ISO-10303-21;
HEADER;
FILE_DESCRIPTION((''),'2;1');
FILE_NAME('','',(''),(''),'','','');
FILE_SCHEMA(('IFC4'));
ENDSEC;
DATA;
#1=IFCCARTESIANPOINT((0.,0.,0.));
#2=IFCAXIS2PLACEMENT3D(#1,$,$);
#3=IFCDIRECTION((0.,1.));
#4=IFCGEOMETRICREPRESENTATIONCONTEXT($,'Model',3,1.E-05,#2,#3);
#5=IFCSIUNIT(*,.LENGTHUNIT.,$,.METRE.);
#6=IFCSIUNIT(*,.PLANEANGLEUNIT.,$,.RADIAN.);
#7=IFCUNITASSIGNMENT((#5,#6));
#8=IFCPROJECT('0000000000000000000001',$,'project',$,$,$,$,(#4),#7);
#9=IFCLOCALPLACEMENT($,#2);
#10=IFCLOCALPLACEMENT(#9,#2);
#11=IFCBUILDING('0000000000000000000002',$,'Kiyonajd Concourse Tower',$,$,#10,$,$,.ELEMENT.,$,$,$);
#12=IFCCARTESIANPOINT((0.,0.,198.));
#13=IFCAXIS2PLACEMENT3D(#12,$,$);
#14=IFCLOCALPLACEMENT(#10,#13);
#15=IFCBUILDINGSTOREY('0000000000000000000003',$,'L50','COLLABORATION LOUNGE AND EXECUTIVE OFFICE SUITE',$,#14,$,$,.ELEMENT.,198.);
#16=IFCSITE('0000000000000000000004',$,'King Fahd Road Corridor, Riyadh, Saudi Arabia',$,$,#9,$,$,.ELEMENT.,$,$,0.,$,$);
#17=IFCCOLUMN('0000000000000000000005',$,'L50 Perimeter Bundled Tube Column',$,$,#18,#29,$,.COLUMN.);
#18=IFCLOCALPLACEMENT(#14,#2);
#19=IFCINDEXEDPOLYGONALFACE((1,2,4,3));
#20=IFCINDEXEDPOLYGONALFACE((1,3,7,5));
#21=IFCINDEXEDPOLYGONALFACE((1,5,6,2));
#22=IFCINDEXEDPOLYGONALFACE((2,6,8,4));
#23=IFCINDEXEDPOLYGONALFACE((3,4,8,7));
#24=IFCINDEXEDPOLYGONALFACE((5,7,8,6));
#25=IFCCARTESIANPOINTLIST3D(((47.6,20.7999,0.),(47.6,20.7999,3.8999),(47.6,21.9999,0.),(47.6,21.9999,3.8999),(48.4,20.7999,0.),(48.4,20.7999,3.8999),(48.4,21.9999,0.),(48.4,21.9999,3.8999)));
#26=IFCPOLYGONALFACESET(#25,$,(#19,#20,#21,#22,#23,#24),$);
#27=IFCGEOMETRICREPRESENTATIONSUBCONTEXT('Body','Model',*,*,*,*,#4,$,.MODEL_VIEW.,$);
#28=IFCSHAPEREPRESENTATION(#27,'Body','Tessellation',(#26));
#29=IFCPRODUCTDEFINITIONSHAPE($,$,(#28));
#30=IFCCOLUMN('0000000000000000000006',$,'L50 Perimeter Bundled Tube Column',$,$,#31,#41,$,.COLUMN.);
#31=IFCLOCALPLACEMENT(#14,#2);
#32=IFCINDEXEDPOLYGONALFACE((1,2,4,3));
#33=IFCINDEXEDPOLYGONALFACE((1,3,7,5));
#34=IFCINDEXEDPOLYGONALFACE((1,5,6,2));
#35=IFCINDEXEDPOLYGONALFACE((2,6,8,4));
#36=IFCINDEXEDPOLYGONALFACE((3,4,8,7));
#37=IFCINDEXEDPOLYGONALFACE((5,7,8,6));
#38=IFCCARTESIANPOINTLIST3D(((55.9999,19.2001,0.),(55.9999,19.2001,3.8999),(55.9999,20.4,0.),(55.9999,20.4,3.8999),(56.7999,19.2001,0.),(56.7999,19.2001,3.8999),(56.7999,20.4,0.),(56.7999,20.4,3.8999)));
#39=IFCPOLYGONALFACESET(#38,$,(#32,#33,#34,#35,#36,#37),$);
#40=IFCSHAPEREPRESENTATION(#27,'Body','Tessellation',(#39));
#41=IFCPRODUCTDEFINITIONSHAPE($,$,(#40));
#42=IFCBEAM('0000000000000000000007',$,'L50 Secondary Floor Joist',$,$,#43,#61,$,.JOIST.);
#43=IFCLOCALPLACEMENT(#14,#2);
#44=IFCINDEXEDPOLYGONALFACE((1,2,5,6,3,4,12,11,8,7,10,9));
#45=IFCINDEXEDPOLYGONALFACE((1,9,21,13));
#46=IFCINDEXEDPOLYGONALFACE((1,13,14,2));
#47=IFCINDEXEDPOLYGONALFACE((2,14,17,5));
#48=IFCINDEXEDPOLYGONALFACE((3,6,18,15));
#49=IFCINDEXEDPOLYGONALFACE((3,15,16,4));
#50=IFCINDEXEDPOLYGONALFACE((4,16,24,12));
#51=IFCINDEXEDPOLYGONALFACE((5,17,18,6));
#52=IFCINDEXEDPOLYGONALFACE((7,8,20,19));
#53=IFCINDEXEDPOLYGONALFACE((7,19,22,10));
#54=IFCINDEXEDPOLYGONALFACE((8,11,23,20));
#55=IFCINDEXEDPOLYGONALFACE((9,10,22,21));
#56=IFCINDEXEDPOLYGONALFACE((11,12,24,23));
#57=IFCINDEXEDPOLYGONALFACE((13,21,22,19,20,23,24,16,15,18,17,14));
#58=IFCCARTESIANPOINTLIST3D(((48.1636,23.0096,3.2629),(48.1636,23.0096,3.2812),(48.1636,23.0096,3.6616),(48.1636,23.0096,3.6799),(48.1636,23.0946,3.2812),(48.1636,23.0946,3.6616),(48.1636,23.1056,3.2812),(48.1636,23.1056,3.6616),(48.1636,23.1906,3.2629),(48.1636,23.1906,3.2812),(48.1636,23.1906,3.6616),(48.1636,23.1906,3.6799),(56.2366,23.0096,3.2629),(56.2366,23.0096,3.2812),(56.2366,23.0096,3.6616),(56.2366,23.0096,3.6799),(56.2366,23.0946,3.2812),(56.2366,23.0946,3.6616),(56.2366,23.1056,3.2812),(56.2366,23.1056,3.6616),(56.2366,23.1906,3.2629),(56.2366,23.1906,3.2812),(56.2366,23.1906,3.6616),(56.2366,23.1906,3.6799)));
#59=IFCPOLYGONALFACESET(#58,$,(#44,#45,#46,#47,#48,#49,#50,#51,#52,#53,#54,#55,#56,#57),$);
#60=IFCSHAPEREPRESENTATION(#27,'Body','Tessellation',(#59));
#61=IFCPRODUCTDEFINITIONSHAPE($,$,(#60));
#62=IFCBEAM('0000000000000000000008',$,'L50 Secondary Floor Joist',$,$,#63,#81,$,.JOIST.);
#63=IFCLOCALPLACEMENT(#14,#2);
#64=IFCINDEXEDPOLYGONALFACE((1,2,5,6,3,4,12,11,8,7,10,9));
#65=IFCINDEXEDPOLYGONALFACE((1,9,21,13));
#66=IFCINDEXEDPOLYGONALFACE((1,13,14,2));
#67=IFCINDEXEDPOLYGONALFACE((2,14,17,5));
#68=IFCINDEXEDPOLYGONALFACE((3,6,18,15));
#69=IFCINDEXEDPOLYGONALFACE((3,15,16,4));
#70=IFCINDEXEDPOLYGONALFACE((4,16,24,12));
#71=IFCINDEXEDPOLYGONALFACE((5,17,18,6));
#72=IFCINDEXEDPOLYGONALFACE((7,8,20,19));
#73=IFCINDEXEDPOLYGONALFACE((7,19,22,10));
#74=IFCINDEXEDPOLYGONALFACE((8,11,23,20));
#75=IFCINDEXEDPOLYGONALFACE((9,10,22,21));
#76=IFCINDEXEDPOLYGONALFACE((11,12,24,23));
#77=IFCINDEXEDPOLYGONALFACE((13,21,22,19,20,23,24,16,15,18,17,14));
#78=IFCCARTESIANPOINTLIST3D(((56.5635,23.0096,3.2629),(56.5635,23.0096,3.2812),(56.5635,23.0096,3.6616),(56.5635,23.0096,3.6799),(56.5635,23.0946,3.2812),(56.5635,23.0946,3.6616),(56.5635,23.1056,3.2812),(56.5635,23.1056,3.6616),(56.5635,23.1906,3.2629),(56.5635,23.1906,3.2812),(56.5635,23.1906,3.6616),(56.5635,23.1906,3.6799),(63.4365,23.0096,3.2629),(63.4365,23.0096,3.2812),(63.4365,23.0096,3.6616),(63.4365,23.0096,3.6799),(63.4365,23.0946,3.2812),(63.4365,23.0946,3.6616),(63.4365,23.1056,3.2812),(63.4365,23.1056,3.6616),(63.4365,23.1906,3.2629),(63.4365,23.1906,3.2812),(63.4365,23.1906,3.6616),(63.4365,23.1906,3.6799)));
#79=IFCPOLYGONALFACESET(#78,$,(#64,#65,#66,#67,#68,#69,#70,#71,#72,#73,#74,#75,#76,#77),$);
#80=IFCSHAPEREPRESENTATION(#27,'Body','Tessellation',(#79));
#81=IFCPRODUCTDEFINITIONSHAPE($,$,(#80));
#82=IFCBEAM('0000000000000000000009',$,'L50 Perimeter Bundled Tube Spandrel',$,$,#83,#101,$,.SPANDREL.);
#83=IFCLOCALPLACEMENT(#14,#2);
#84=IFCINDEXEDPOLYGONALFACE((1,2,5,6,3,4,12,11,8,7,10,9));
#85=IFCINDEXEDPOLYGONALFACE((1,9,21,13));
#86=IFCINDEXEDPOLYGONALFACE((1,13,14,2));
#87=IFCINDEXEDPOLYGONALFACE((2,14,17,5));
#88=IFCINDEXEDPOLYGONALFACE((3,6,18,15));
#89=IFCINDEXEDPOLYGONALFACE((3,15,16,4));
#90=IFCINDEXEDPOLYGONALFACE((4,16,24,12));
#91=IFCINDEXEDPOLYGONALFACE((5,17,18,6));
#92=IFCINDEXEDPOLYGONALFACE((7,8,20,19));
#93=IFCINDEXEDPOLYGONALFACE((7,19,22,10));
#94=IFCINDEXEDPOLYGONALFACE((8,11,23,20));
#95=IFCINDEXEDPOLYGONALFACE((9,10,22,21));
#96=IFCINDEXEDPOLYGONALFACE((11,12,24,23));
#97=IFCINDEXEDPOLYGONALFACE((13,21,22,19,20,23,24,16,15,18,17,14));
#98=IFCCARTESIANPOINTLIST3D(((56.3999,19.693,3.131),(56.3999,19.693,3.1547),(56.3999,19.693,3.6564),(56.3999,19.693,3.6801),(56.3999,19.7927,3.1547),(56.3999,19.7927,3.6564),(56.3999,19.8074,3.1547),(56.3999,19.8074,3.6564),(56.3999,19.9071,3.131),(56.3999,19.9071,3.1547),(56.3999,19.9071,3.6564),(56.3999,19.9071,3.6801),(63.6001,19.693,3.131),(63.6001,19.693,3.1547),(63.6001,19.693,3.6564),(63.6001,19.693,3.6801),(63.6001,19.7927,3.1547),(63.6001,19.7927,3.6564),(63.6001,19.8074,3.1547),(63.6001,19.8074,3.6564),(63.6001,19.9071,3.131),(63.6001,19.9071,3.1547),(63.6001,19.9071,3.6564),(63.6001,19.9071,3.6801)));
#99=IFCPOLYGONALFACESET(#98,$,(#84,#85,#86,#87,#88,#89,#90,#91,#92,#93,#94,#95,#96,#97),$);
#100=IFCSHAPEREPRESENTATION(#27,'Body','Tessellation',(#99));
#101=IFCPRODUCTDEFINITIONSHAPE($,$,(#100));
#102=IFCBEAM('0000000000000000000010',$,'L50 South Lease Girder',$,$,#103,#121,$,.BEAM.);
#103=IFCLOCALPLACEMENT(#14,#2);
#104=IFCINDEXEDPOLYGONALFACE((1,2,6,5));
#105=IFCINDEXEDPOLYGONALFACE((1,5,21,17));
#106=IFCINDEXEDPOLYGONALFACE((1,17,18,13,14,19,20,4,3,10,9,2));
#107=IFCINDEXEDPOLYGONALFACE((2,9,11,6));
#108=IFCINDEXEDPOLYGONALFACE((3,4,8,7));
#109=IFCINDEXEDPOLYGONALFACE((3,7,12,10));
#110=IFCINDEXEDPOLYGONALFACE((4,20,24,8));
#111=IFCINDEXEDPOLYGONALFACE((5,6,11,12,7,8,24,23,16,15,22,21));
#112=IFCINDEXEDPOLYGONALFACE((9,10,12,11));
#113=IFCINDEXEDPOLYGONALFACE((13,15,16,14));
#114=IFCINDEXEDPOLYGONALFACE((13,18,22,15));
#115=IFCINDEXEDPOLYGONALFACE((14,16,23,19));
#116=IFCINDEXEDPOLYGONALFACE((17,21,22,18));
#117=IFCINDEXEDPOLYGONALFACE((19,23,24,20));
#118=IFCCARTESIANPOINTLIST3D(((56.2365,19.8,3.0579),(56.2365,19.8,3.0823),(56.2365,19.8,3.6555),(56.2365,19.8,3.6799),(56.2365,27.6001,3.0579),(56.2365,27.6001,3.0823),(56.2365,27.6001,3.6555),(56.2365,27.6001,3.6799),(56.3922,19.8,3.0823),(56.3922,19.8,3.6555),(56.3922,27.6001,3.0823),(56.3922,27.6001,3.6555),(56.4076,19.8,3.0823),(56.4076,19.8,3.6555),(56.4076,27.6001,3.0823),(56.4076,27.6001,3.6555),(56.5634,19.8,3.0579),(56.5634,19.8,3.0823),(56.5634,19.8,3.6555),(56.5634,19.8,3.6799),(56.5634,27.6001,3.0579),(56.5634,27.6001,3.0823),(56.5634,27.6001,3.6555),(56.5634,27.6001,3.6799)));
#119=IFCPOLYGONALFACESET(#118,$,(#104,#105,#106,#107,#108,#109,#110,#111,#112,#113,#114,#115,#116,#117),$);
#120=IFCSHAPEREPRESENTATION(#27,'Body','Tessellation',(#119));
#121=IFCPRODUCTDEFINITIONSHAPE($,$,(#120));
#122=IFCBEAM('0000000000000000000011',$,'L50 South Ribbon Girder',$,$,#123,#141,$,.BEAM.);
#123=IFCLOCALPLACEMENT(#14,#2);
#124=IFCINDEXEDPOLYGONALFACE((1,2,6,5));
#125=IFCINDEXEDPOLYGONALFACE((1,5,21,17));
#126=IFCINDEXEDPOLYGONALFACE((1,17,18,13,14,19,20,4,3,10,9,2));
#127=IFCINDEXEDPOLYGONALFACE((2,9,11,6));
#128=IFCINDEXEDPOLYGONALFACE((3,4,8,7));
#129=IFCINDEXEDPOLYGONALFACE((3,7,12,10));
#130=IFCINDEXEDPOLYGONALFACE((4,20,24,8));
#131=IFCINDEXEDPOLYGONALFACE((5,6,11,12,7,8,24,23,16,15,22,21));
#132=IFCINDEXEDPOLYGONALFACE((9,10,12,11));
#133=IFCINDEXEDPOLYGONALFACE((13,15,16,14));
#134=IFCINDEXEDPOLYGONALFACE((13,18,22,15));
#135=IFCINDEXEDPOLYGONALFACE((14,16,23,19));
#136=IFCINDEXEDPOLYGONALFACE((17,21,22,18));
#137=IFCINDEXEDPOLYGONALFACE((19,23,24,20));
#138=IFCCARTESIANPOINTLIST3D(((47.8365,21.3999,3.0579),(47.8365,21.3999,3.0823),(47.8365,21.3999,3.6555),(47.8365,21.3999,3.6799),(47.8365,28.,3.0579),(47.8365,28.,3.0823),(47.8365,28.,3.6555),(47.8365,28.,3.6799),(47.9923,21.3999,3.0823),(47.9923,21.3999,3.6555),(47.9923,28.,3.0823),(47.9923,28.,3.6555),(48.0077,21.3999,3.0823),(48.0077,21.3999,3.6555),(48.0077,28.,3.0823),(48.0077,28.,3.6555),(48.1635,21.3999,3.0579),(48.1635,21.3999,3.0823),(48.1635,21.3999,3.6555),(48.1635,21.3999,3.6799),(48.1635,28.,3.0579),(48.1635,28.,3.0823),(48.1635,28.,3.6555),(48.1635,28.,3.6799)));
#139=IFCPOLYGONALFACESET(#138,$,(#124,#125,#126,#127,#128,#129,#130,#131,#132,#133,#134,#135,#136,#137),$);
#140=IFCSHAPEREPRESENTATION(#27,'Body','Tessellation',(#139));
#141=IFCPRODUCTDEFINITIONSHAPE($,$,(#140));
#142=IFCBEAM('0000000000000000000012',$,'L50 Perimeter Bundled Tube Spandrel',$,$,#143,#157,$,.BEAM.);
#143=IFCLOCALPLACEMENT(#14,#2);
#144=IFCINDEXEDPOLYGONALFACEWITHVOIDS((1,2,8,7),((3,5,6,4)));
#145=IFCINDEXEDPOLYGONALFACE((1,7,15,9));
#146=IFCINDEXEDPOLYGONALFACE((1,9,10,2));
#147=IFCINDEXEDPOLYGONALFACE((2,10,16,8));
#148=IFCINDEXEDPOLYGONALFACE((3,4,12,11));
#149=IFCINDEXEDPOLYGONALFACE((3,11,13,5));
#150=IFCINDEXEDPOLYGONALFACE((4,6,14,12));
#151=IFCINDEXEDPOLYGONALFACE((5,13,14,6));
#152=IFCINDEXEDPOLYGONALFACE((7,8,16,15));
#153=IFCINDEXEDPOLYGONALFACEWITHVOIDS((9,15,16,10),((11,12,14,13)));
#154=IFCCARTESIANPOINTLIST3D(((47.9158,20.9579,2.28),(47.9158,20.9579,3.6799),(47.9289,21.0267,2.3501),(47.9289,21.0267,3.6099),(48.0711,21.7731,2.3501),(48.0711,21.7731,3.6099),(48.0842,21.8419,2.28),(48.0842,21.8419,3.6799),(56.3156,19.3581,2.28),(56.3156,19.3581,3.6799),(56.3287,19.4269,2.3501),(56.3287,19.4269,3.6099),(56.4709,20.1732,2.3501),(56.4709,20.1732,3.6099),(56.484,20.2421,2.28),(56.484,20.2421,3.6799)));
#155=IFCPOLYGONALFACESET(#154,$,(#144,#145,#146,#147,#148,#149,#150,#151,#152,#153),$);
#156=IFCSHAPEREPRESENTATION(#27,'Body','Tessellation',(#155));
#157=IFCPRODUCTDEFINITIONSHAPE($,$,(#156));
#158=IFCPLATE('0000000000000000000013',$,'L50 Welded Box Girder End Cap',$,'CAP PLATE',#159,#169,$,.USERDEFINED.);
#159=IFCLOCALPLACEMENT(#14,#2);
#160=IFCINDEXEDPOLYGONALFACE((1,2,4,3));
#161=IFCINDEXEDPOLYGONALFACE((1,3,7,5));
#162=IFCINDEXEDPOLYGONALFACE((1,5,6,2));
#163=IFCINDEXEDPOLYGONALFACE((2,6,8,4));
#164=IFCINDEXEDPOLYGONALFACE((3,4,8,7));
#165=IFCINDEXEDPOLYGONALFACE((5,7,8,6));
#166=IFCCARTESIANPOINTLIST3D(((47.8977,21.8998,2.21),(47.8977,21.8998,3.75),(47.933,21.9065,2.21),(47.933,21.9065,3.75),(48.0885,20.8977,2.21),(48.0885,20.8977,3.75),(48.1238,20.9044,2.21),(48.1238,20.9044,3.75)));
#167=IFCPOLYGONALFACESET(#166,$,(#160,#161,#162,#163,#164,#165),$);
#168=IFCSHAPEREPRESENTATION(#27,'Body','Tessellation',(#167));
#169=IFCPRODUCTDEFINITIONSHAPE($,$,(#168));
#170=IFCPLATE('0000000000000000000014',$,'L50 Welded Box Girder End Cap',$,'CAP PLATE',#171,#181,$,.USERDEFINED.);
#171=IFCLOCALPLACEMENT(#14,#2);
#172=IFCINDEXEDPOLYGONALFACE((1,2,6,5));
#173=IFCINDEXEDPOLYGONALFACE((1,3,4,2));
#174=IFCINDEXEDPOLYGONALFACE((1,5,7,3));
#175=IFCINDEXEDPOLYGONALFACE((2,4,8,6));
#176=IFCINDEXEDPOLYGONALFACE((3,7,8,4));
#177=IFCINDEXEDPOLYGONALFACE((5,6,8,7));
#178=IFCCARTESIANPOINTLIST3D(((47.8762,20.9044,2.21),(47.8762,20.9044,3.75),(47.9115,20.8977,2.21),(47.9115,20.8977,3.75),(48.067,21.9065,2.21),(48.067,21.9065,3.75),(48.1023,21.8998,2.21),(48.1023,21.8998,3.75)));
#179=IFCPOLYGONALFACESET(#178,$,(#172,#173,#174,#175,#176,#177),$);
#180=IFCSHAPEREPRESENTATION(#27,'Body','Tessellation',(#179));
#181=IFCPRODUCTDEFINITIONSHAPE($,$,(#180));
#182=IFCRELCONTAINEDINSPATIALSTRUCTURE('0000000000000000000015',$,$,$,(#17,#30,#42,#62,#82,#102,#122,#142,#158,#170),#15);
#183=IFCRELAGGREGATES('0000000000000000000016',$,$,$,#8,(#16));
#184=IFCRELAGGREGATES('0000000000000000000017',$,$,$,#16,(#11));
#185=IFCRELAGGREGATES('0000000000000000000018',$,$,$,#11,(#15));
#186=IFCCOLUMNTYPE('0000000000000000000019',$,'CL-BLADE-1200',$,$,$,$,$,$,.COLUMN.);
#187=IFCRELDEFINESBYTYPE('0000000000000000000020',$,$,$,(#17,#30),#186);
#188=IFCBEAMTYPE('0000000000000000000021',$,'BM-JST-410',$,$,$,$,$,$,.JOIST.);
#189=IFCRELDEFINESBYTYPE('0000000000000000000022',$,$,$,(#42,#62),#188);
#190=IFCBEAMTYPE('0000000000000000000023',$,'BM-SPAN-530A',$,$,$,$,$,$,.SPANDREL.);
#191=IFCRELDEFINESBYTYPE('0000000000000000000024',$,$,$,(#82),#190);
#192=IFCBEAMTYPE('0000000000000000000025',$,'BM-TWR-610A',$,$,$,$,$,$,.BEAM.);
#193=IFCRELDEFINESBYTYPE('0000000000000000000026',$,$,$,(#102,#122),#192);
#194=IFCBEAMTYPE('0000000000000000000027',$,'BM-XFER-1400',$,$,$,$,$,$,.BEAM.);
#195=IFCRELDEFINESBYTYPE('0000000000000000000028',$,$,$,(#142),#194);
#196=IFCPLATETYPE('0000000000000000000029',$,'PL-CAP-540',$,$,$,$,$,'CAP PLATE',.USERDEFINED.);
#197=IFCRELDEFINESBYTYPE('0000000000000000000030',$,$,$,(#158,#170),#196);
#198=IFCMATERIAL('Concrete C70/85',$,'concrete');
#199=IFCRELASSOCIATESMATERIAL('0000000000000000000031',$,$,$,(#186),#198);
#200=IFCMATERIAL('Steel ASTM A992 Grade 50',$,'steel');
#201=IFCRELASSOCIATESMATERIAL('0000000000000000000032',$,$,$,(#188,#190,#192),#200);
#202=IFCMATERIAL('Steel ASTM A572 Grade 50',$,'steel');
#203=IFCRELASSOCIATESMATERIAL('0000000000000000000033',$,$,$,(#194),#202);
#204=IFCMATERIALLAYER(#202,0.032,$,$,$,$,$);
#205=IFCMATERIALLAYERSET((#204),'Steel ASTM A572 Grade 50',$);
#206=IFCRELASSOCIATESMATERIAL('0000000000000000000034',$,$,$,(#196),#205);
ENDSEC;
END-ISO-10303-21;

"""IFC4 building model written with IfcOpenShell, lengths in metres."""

from ifc_helpers import new_model, si_unit, direction, frame, origin, origin_2d, place, context, subcontext, project, spatial, rectangle, hollow_rectangle, i_section, extrude, material, layer, layer_set, material_profile, profile_set, type_object, element, save


model = new_model("IFC4")

# Units and contexts
model_context = context("Model", 3, precision=1e-05, world=origin(), true_north=direction((0.0, 1.0)))
body_context = subcontext(model_context, "Body", "Model", "MODEL_VIEW")
ifc_project = project(units=[si_unit("LENGTHUNIT", "METRE"), si_unit("PLANEANGLEUNIT", "RADIAN")], contexts=[model_context])

# Site, building, storey
site_placement = place(None, origin())
site = spatial("IfcSite", under=ifc_project, at=site_placement, Name="King Fahd Road Corridor, Riyadh, Saudi Arabia", CompositionType="ELEMENT", RefElevation=0.0)
building_placement = place(site_placement, origin())
building = spatial("IfcBuilding", under=site, at=building_placement, Name="Kiyonajd Concourse Tower", CompositionType="ELEMENT")
storey_placement = place(building_placement, frame((0.0, 0.0, 198.0)))
storey = spatial("IfcBuildingStorey", under=building, at=storey_placement, Name="L50", Description="COLLABORATION LOUNGE AND EXECUTIVE OFFICE SUITE", CompositionType="ELEMENT", Elevation=198.0)

# Columns
ifc_material_1 = material(Name="Concrete C70/85", Category="concrete")
ifc_material_profile_1 = material_profile(ifc_material_1, rectangle(XDim=0.8, YDim=1.2, at=origin_2d()), Name="RC-1200x800")
ifc_profile_set_1 = profile_set([ifc_material_profile_1], Name="Concrete C70/85")
column_type = type_object("IfcColumnType", Name="CL-BLADE-1200", PredefinedType="COLUMN", material=ifc_profile_set_1)
for number, where, z_axis, x_axis, name in (
    (1, (48.0, 21.3999, 0.0), (0.0, 0.0, 1.0), (1.0, 0.0, 0.0), "L50 Perimeter Bundled Tube Column"),
    (2, (56.3999, 19.8, 0.0), (0.0, 0.0, 1.0), (1.0, 0.0, 0.0), "L50 Perimeter Bundled Tube Column"),
):
    element("IfcColumn", number, at=place(storey_placement, frame(where, z_axis=z_axis, x_axis=x_axis)), inside=storey, type_object=column_type, Name=name, PredefinedType="COLUMN", context=body_context, shape_type="SweptSolid", body=[
        extrude(rectangle(XDim=0.8, YDim=1.2, at=origin_2d()), origin(), (0.0, 0.0, 1.0), 3.8999),
    ])

# Beams
ifc_material_2 = material(Name="Steel ASTM A992 Grade 50", Category="steel")
ifc_material_profile_2 = material_profile(ifc_material_2, i_section(OverallWidth=0.1809, OverallDepth=0.417, WebThickness=0.011, FlangeThickness=0.0183, at=origin_2d()), Name="W410X85")
ifc_profile_set_2 = profile_set([ifc_material_profile_2], Name="Steel ASTM A992 Grade 50")
beam_type_1 = type_object("IfcBeamType", Name="BM-JST-410", PredefinedType="JOIST", material=ifc_profile_set_2)
beam_1_placement = place(storey_placement, frame((48.1636, 23.1001, 3.4714), z_axis=(1.0, 0.0, 0.0), x_axis=(0.0, 1.0, 0.0)))
element("IfcBeam", 3, at=beam_1_placement, inside=storey, type_object=beam_type_1, Name="L50 Secondary Floor Joist", PredefinedType="JOIST", context=body_context, shape_type="SweptSolid", body=[
    extrude(i_section(OverallWidth=0.1809, OverallDepth=0.417, WebThickness=0.011, FlangeThickness=0.0183, at=origin_2d()), origin(), (0.0, 0.0, 1.0), 8.073),
])
beam_2_placement = place(storey_placement, frame((56.5635, 23.1001, 3.4714), z_axis=(1.0, 0.0, 0.0), x_axis=(0.0, 1.0, 0.0)))
element("IfcBeam", 4, at=beam_2_placement, inside=storey, type_object=beam_type_1, Name="L50 Secondary Floor Joist", PredefinedType="JOIST", context=body_context, shape_type="SweptSolid", body=[
    extrude(i_section(OverallWidth=0.1809, OverallDepth=0.417, WebThickness=0.011, FlangeThickness=0.0183, at=origin_2d()), origin(), (0.0, 0.0, 1.0), 6.873),
])
ifc_material_profile_3 = material_profile(ifc_material_2, i_section(OverallWidth=0.2141, OverallDepth=0.5491, WebThickness=0.0146, FlangeThickness=0.0237, at=origin_2d()), Name="W530X138")
ifc_profile_set_3 = profile_set([ifc_material_profile_3], Name="Steel ASTM A992 Grade 50")
beam_type_2 = type_object("IfcBeamType", Name="BM-SPAN-530A", PredefinedType="SPANDREL", material=ifc_profile_set_3)
beam_3_placement = place(storey_placement, frame((56.3999, 19.8, 3.4055), z_axis=(1.0, 0.0, 0.0), x_axis=(0.0, 1.0, 0.0)))
element("IfcBeam", 5, at=beam_3_placement, inside=storey, type_object=beam_type_2, Name="L50 Perimeter Bundled Tube Spandrel", PredefinedType="SPANDREL", context=body_context, shape_type="SweptSolid", body=[
    extrude(i_section(OverallWidth=0.2141, OverallDepth=0.5491, WebThickness=0.0146, FlangeThickness=0.0237, at=origin_2d()), origin(), (0.0, 0.0, 1.0), 7.2002),
])
ifc_material_profile_4 = material_profile(ifc_material_2, i_section(OverallWidth=0.3269, OverallDepth=0.6221, WebThickness=0.0154, FlangeThickness=0.0244, at=origin_2d()), Name="W610X195")
ifc_profile_set_4 = profile_set([ifc_material_profile_4], Name="Steel ASTM A992 Grade 50")
beam_type_3 = type_object("IfcBeamType", Name="BM-TWR-610A", PredefinedType="BEAM", material=ifc_profile_set_4)
beam_4_placement = place(storey_placement, frame((56.3999, 19.8, 3.3689), z_axis=(0.0, 1.0, 0.0), x_axis=(-1.0, 0.0, 0.0)))
element("IfcBeam", 6, at=beam_4_placement, inside=storey, type_object=beam_type_3, Name="L50 South Lease Girder", PredefinedType="BEAM", context=body_context, shape_type="SweptSolid", body=[
    extrude(i_section(OverallWidth=0.3269, OverallDepth=0.6221, WebThickness=0.0154, FlangeThickness=0.0244, at=origin_2d()), origin(), (0.0, 0.0, 1.0), 7.8),
])
beam_5_placement = place(storey_placement, frame((48.0, 21.3999, 3.3689), z_axis=(0.0, 1.0, 0.0), x_axis=(-1.0, 0.0, 0.0)))
element("IfcBeam", 7, at=beam_5_placement, inside=storey, type_object=beam_type_3, Name="L50 South Ribbon Girder", PredefinedType="BEAM", context=body_context, shape_type="SweptSolid", body=[
    extrude(i_section(OverallWidth=0.3269, OverallDepth=0.6221, WebThickness=0.0154, FlangeThickness=0.0244, at=origin_2d()), origin(), (0.0, 0.0, 1.0), 6.6001),
])
ifc_material_3 = material(Name="Steel ASTM A572 Grade 50", Category="steel")
ifc_material_profile_5 = material_profile(ifc_material_3, hollow_rectangle(XDim=0.8999, YDim=1.3999, WallThickness=0.0701, at=origin_2d()), Name="BOX-1400x900x70")
ifc_profile_set_5 = profile_set([ifc_material_profile_5], Name="Steel ASTM A572 Grade 50")
beam_type_4 = type_object("IfcBeamType", Name="BM-XFER-1400", PredefinedType="BEAM", material=ifc_profile_set_5)
beam_6_placement = place(storey_placement, frame((48.0, 21.3999, 2.98), z_axis=(0.982341, -0.187098, 0.0), x_axis=(0.187098, 0.982341, 0.0)))
element("IfcBeam", 8, at=beam_6_placement, inside=storey, type_object=beam_type_4, Name="L50 Perimeter Bundled Tube Spandrel", PredefinedType="BEAM", context=body_context, shape_type="SweptSolid", body=[
    extrude(hollow_rectangle(XDim=0.8999, YDim=1.3999, WallThickness=0.0701, at=origin_2d()), origin(), (0.0, 0.0, 1.0), 8.5508),
])

# Plates
ifc_layer_1 = layer(ifc_material_3, 0.032)
ifc_layer_set_1 = layer_set([ifc_layer_1], Name="Steel ASTM A572 Grade 50")
plate_type_1 = type_object("IfcPlateType", Name="PL-CAP-540", ElementType="CAP PLATE", PredefinedType="USERDEFINED", material=ifc_layer_set_1)
for number, where, z_axis, x_axis, name in (
    (9, (48.0107, 21.4021, 2.21), (0.0, 0.0, 1.0), (0.982353, 0.187038, 0.0), "L50 Welded Box Girder End Cap"),
    (10, (47.9893, 21.4021, 2.21), (0.0, 0.0, 1.0), (-0.982353, 0.187038, 0.0), "L50 Welded Box Girder End Cap"),
):
    element("IfcPlate", number, at=place(storey_placement, frame(where, z_axis=z_axis, x_axis=x_axis)), inside=storey, type_object=plate_type_1, Name=name, ObjectType="CAP PLATE", PredefinedType="USERDEFINED", context=body_context, shape_type="SweptSolid", body=[
        extrude(rectangle(XDim=0.0359, YDim=1.02, at=origin_2d()), origin(), (0.0, 0.0, 1.0), 1.54),
    ])

save(model, "model.ifc")
